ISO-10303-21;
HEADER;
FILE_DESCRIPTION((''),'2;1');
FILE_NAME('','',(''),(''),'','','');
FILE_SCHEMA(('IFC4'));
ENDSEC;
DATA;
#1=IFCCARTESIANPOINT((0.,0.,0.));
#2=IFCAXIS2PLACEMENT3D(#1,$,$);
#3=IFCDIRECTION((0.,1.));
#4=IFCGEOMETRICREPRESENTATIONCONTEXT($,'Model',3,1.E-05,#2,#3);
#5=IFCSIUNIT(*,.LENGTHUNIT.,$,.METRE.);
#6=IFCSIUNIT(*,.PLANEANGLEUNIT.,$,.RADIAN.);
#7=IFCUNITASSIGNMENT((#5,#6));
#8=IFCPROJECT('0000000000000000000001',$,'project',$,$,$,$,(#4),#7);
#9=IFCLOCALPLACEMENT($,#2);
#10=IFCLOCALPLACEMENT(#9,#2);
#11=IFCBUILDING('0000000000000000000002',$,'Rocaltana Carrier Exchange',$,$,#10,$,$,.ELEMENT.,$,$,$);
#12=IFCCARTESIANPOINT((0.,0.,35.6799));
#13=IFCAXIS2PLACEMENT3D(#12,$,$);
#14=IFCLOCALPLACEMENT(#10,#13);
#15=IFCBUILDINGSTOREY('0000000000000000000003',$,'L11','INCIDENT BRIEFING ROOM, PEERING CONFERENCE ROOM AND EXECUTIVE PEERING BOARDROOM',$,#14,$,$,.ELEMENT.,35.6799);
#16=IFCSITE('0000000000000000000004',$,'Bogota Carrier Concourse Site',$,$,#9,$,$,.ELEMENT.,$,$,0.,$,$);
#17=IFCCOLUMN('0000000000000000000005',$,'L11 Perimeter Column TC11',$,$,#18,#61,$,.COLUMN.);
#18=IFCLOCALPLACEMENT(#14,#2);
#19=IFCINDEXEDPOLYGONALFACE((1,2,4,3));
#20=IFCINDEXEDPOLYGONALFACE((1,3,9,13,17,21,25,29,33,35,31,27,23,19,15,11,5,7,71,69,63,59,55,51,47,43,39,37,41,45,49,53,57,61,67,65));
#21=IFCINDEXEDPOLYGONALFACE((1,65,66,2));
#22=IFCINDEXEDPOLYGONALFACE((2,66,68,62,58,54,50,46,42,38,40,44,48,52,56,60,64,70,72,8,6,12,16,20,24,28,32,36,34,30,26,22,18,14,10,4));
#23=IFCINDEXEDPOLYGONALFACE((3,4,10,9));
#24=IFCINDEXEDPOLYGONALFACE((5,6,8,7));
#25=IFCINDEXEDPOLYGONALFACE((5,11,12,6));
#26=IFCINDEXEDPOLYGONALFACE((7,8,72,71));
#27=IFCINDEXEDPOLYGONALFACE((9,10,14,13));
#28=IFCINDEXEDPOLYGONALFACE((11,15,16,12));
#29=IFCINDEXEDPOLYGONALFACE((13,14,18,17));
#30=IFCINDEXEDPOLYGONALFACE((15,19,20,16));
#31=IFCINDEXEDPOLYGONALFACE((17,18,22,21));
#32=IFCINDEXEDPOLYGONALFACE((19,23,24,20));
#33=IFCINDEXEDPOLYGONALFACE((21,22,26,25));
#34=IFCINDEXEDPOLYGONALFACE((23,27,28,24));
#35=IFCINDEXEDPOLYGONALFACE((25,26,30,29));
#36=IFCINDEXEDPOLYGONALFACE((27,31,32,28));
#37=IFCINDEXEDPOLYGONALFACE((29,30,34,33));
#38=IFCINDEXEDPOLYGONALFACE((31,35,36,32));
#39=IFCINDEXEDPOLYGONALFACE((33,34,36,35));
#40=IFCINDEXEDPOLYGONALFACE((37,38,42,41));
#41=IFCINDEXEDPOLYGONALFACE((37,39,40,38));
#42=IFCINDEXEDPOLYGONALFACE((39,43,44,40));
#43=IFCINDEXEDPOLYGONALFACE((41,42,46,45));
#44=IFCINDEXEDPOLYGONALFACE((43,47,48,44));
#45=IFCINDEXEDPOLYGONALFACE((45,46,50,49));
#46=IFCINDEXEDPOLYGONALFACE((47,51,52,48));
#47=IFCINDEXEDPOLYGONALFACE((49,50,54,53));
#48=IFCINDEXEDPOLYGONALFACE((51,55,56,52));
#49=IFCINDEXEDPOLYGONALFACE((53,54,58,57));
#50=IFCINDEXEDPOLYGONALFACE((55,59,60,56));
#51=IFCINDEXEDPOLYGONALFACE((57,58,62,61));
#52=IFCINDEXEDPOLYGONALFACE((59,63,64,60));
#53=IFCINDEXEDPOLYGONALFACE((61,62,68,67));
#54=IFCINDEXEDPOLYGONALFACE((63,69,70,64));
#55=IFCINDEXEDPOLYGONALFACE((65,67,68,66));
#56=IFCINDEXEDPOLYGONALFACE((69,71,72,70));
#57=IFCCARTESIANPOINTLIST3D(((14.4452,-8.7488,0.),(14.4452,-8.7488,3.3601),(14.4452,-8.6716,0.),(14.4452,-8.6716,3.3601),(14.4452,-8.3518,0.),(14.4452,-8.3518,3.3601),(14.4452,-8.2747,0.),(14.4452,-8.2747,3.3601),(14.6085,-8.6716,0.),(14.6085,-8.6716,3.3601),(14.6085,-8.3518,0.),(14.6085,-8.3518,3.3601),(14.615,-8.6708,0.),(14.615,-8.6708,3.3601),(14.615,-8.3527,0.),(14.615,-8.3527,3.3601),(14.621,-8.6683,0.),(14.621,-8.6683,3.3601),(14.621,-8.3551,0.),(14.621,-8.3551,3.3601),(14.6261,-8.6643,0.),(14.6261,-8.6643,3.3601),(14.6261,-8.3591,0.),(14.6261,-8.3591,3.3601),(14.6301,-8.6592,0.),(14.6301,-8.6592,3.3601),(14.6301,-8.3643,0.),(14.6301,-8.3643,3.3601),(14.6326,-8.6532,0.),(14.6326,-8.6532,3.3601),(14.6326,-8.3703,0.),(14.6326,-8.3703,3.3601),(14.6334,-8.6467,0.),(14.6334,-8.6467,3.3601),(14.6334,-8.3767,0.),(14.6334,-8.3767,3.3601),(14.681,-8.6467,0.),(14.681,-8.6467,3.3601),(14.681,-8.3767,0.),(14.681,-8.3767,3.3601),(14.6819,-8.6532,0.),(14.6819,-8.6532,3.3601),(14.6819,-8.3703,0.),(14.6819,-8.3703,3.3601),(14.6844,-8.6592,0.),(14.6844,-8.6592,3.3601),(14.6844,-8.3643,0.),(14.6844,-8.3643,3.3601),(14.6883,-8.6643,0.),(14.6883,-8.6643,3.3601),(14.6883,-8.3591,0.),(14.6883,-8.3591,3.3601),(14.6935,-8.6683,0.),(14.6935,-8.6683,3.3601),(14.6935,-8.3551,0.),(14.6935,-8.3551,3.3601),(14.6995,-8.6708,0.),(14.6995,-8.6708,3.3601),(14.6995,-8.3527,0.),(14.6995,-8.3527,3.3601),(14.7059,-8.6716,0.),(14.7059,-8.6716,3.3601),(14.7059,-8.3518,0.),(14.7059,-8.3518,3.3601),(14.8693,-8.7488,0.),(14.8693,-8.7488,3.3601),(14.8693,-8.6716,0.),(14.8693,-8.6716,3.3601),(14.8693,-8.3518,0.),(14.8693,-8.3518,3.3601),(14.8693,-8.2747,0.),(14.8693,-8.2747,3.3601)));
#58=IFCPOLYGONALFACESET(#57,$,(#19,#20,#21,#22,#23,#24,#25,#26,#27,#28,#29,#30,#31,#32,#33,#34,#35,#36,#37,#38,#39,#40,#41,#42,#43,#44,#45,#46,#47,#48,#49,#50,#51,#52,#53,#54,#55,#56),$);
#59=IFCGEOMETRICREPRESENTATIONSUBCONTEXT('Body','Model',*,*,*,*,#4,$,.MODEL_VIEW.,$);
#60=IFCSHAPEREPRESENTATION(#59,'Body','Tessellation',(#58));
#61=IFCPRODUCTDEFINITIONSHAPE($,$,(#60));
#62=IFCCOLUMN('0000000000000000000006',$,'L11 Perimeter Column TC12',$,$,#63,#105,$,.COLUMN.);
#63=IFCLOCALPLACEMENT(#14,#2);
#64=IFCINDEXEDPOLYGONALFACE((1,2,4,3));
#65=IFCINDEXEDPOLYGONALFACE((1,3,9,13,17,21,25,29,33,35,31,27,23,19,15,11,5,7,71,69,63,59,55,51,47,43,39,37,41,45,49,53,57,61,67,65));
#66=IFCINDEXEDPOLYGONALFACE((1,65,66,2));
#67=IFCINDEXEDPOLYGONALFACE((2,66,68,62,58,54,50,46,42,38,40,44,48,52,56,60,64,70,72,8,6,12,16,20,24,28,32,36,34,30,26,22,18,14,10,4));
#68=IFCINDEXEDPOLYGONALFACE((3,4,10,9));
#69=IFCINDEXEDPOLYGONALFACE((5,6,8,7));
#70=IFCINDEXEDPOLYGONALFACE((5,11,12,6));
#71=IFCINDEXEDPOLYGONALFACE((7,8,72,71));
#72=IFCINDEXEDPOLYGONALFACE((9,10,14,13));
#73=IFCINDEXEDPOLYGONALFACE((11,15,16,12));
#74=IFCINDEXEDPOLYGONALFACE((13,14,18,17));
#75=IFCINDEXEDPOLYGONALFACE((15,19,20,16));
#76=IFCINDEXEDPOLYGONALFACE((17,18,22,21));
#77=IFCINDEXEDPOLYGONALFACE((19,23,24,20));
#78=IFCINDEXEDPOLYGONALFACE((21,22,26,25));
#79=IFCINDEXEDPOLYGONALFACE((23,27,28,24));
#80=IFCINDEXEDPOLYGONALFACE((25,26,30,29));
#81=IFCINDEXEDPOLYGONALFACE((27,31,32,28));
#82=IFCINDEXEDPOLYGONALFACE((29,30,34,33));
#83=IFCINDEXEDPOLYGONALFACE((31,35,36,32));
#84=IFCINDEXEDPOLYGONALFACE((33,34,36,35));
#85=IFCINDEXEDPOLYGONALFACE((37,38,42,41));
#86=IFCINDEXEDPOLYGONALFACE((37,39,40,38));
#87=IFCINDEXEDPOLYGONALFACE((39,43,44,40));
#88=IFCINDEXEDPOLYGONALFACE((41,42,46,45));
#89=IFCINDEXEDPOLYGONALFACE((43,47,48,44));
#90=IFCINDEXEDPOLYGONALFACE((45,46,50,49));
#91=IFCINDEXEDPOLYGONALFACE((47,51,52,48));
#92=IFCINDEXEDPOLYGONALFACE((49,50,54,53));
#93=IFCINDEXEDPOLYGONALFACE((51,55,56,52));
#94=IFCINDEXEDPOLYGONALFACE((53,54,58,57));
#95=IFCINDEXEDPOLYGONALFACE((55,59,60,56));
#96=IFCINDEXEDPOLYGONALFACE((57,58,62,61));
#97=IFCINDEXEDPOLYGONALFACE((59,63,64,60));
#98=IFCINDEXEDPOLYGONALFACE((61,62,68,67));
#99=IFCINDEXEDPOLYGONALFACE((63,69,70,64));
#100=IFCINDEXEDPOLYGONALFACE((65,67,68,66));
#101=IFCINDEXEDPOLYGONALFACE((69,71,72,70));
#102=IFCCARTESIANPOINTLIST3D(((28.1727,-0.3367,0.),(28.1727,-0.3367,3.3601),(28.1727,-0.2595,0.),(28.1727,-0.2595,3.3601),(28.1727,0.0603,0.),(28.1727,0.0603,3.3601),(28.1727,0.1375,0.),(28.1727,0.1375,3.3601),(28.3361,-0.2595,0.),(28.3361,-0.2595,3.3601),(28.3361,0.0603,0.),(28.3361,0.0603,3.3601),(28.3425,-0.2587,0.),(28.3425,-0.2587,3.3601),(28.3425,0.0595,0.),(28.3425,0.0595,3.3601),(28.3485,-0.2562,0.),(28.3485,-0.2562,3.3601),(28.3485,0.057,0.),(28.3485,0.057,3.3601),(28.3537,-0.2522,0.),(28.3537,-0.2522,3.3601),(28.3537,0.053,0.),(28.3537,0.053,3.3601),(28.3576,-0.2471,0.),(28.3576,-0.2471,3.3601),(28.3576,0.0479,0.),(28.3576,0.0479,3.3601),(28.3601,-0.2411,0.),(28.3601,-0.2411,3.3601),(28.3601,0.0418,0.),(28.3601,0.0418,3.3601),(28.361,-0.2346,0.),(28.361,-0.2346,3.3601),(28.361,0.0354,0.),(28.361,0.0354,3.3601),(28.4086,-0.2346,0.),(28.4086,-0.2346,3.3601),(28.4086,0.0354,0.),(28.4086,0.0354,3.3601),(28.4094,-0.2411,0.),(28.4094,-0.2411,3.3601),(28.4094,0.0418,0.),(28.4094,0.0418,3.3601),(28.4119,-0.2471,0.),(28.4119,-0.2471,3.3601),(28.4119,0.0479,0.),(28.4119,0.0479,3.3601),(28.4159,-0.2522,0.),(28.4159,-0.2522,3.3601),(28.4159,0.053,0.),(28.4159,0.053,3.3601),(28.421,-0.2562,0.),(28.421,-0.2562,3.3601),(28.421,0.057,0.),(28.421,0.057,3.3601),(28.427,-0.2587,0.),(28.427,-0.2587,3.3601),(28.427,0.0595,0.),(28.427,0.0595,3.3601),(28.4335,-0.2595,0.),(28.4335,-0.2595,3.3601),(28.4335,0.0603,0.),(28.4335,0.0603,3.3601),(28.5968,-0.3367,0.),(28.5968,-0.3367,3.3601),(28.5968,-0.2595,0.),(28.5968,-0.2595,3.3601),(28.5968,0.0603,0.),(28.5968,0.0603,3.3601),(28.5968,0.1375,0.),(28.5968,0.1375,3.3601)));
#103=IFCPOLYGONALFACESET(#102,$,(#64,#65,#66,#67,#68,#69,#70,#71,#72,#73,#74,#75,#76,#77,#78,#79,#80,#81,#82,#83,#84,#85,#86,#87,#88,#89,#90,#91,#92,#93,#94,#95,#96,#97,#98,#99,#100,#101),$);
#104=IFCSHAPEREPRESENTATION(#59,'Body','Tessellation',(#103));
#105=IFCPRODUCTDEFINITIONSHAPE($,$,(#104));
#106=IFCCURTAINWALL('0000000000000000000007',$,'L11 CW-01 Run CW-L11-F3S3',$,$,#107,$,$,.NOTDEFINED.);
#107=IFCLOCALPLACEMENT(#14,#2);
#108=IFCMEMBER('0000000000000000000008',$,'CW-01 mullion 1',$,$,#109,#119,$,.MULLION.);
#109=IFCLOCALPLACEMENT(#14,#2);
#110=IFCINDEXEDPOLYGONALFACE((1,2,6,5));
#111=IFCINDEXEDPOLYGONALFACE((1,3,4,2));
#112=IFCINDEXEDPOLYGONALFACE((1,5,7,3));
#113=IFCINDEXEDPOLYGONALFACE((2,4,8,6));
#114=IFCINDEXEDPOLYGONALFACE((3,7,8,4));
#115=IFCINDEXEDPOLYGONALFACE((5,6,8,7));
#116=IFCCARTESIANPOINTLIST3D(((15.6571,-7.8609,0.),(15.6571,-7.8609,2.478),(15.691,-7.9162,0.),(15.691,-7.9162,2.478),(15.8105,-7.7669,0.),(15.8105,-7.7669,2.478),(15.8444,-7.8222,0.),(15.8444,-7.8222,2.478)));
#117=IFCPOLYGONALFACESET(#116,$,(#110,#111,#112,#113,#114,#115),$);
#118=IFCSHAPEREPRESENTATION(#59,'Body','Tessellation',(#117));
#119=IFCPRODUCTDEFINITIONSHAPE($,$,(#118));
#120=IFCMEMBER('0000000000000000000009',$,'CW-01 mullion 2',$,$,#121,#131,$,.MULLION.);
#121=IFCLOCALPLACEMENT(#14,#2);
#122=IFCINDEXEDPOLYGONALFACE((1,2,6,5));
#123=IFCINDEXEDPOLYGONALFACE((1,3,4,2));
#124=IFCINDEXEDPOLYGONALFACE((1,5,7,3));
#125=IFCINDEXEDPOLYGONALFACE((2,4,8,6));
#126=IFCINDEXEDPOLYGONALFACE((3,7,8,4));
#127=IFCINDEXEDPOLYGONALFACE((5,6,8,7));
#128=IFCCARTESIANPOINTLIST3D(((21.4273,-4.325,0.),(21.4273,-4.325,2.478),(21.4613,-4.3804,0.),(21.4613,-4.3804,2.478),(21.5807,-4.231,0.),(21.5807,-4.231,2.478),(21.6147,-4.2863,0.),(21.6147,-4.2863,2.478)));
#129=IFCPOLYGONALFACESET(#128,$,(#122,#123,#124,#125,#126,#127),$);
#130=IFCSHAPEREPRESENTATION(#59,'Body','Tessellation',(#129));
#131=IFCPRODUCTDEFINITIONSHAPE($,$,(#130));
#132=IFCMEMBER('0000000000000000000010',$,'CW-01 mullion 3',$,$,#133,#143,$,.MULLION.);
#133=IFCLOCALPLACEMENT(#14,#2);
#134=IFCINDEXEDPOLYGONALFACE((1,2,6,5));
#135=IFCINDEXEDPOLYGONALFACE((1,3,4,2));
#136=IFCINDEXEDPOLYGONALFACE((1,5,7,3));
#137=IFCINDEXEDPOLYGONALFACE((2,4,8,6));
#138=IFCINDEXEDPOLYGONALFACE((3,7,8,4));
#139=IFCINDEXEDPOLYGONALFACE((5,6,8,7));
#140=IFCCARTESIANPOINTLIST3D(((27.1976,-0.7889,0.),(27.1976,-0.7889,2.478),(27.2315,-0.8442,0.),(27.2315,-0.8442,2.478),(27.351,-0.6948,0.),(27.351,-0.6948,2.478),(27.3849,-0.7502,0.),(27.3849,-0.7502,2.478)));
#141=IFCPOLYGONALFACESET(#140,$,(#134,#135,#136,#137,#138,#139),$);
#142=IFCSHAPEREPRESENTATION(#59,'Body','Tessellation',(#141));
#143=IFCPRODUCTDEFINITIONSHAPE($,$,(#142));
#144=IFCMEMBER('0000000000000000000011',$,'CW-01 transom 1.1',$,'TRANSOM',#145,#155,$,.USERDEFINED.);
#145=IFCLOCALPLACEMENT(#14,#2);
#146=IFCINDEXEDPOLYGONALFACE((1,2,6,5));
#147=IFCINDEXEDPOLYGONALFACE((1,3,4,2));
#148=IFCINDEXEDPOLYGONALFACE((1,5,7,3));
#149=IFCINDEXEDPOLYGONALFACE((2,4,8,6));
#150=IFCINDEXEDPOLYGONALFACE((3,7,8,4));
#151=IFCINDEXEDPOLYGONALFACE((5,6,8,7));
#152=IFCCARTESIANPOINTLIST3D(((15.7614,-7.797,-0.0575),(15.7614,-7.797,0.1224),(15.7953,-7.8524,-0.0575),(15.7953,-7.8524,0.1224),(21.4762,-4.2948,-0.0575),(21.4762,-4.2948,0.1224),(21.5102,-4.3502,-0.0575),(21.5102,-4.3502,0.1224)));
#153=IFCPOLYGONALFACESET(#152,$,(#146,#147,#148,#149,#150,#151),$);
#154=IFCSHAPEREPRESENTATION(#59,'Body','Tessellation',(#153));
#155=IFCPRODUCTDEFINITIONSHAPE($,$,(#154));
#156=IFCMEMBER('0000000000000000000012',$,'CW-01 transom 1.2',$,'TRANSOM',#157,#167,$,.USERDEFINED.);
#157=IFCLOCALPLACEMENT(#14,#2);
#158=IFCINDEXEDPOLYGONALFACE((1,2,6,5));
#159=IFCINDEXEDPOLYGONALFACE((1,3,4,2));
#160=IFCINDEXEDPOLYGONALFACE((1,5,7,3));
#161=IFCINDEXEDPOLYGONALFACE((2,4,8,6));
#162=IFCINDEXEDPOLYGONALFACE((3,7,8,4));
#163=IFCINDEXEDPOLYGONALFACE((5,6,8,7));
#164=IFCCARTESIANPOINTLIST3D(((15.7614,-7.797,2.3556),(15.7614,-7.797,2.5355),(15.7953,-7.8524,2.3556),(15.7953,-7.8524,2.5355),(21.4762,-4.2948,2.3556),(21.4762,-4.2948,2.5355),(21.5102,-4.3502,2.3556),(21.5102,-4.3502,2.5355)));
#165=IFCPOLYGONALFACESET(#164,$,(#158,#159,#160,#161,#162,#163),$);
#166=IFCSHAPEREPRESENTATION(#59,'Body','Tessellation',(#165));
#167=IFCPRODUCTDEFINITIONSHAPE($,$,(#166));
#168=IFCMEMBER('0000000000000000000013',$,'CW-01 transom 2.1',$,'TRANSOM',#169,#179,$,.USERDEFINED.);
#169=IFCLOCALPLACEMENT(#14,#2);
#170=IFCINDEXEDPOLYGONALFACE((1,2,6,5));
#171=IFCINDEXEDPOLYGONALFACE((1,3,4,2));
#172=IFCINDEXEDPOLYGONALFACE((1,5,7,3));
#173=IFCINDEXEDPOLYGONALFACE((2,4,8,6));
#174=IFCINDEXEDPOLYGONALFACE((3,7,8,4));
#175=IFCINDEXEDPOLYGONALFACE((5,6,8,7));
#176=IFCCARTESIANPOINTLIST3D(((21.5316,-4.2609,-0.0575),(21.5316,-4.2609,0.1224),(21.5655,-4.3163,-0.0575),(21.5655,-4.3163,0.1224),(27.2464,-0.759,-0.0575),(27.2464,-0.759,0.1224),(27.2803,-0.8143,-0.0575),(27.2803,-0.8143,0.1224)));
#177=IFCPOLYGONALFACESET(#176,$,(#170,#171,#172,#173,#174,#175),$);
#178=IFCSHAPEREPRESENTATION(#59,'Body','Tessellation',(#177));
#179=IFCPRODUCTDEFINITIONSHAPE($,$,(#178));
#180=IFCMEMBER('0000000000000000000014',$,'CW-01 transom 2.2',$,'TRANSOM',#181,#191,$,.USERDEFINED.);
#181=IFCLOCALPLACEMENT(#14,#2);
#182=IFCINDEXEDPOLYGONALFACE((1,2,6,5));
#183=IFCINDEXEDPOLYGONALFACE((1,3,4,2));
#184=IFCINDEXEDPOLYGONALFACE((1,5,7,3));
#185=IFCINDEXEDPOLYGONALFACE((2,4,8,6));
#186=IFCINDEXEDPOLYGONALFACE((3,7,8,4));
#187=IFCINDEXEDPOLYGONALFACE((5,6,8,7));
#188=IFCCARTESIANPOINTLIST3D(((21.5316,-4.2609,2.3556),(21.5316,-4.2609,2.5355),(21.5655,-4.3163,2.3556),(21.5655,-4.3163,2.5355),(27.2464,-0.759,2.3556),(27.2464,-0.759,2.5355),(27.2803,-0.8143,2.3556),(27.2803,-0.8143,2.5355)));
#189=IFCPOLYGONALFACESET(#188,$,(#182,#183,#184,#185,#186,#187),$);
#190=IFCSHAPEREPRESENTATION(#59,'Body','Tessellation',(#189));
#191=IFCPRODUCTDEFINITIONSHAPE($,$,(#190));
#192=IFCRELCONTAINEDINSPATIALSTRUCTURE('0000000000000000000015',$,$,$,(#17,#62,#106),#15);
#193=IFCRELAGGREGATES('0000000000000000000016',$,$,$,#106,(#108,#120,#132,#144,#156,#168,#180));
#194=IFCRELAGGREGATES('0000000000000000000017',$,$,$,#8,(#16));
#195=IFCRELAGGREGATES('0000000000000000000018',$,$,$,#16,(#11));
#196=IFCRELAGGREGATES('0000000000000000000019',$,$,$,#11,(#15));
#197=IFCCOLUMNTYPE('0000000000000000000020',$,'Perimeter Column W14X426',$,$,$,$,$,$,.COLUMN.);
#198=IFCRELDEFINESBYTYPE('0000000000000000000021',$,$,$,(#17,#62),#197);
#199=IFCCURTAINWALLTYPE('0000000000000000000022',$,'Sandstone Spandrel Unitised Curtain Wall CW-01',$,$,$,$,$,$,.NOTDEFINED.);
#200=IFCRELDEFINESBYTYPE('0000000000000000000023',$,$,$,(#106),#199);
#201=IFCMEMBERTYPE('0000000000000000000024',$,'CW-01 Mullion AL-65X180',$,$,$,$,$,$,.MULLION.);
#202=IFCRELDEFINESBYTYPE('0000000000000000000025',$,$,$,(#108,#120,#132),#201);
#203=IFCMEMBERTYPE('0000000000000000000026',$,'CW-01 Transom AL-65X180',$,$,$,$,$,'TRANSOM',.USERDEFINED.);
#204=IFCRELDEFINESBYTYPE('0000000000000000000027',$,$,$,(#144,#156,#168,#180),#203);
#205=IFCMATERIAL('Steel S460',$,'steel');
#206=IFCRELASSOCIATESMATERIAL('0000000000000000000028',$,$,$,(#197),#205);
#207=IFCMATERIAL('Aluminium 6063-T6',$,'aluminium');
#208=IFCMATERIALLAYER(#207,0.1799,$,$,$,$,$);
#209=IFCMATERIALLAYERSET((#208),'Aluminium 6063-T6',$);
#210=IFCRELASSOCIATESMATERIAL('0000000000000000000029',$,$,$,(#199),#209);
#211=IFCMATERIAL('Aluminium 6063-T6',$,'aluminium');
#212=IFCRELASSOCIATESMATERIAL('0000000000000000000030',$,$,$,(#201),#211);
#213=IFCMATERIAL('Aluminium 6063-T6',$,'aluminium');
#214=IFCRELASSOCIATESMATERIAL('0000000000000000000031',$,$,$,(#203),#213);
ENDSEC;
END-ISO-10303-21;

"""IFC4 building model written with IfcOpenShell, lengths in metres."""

from ifc_helpers import new_model, si_unit, direction, frame, origin, origin_2d, place, context, subcontext, project, spatial, rectangle, i_section, extrude, material, layer, layer_set, material_profile, profile_set, type_object, element, aggregate, save


model = new_model("IFC4")

# Units and contexts
model_context = context("Model", 3, precision=1e-05, world=origin(), true_north=direction((0.0, 1.0)))
body_context = subcontext(model_context, "Body", "Model", "MODEL_VIEW")
ifc_project = project(units=[si_unit("LENGTHUNIT", "METRE"), si_unit("PLANEANGLEUNIT", "RADIAN")], contexts=[model_context])

# Site, building, storey
site_placement = place(None, origin())
site = spatial("IfcSite", under=ifc_project, at=site_placement, Name="Bogota Carrier Concourse Site", CompositionType="ELEMENT", RefElevation=0.0)
building_placement = place(site_placement, origin())
building = spatial("IfcBuilding", under=site, at=building_placement, Name="Rocaltana Carrier Exchange", CompositionType="ELEMENT")
storey_placement = place(building_placement, frame((0.0, 0.0, 35.6799)))
storey = spatial("IfcBuildingStorey", under=building, at=storey_placement, Name="L11", Description="INCIDENT BRIEFING ROOM, PEERING CONFERENCE ROOM AND EXECUTIVE PEERING BOARDROOM", CompositionType="ELEMENT", Elevation=35.6799)

# Columns
ifc_material_1 = material(Name="Steel S460", Category="steel")
ifc_material_profile_1 = material_profile(ifc_material_1, i_section(OverallWidth=0.4241, OverallDepth=0.4741, WebThickness=0.0476, FlangeThickness=0.0771, FilletRadius=0.0249, at=origin_2d()), Name="W14X426")
ifc_profile_set_1 = profile_set([ifc_material_profile_1], Name="Steel S460")
column_type = type_object("IfcColumnType", Name="Perimeter Column W14X426", PredefinedType="COLUMN", material=ifc_profile_set_1)
for number, where, z_axis, x_axis, name in (
    (1, (14.6572, -8.5117, 0.0), (0.0, 0.0, 1.0), (1.0, 0.0, 0.0), "L11 Perimeter Column TC11"),
    (2, (28.3848, -0.0996, 0.0), (0.0, 0.0, 1.0), (1.0, 0.0, 0.0), "L11 Perimeter Column TC12"),
):
    element("IfcColumn", number, at=place(storey_placement, frame(where, z_axis=z_axis, x_axis=x_axis)), inside=storey, type_object=column_type, Name=name, PredefinedType="COLUMN", context=body_context, shape_type="SweptSolid", body=[
        extrude(i_section(OverallWidth=0.4241, OverallDepth=0.4741, WebThickness=0.0476, FlangeThickness=0.0771, FilletRadius=0.0249, at=origin_2d()), origin(), (0.0, 0.0, 1.0), 3.3601),
    ])

# Curtain wall, members
ifc_material_2 = material(Name="Aluminium 6063-T6", Category="aluminium")
ifc_layer_1 = layer(ifc_material_2, 0.1799)
ifc_layer_set_1 = layer_set([ifc_layer_1], Name="Aluminium 6063-T6")
curtain_wall_type = type_object("IfcCurtainWallType", Name="Sandstone Spandrel Unitised Curtain Wall CW-01", PredefinedType="NOTDEFINED", material=ifc_layer_set_1)
curtain_wall_placement = place(storey_placement, origin())
curtain_wall = element("IfcCurtainWall", 3, at=curtain_wall_placement, inside=storey, type_object=curtain_wall_type, Name="L11 CW-01 Run CW-L11-F3S3", PredefinedType="NOTDEFINED")
ifc_material_3 = material(Name="Aluminium 6063-T6", Category="aluminium")
ifc_material_profile_2 = material_profile(ifc_material_3, rectangle(XDim=0.0649, YDim=0.1799, at=origin_2d()), Name="AL-65X180")
ifc_profile_set_2 = profile_set([ifc_material_profile_2], Name="Aluminium 6063-T6")
member_type_1 = type_object("IfcMemberType", Name="CW-01 Mullion AL-65X180", PredefinedType="MULLION", material=ifc_profile_set_2)
member_1_placement = place(storey_placement, frame((15.7507, -7.8416, 0.0), z_axis=(0.0, 0.0, 1.0), x_axis=(-0.5225, 0.852639, 0.0)))
member_1 = element("IfcMember", 4, at=member_1_placement, type_object=member_type_1, Name="CW-01 mullion 1", PredefinedType="MULLION", context=body_context, shape_type="SweptSolid", body=[
    extrude(rectangle(XDim=0.0649, YDim=0.1799, at=origin_2d()), origin(), (0.0, 0.0, 1.0), 2.478),
])
member_2_placement = place(storey_placement, frame((21.521, -4.3057, 0.0), z_axis=(0.0, 0.0, 1.0), x_axis=(-0.5225, 0.852639, 0.0)))
member_2 = element("IfcMember", 5, at=member_2_placement, type_object=member_type_1, Name="CW-01 mullion 2", PredefinedType="MULLION", context=body_context, shape_type="SweptSolid", body=[
    extrude(rectangle(XDim=0.0649, YDim=0.1799, at=origin_2d()), origin(), (0.0, 0.0, 1.0), 2.478),
])
member_3_placement = place(storey_placement, frame((27.2913, -0.7695, 0.0), z_axis=(0.0, 0.0, 1.0), x_axis=(-0.5225, 0.852639, 0.0)))
member_3 = element("IfcMember", 6, at=member_3_placement, type_object=member_type_1, Name="CW-01 mullion 3", PredefinedType="MULLION", context=body_context, shape_type="SweptSolid", body=[
    extrude(rectangle(XDim=0.0649, YDim=0.1799, at=origin_2d()), origin(), (0.0, 0.0, 1.0), 2.478),
])
ifc_material_4 = material(Name="Aluminium 6063-T6", Category="aluminium")
ifc_material_profile_3 = material_profile(ifc_material_4, rectangle(XDim=0.0649, YDim=0.1799, at=origin_2d()), Name="AL-65X180")
ifc_profile_set_3 = profile_set([ifc_material_profile_3], Name="Aluminium 6063-T6")
member_type_2 = type_object("IfcMemberType", Name="CW-01 Transom AL-65X180", ElementType="TRANSOM", PredefinedType="USERDEFINED", material=ifc_profile_set_3)
member_4_placement = place(storey_placement, frame((15.7783, -7.8247, 0.0325), z_axis=(0.852631, 0.522513, 0.0), x_axis=(-0.522513, 0.852631, 0.0)))
member_4 = element("IfcMember", 7, at=member_4_placement, type_object=member_type_2, Name="CW-01 transom 1.1", ObjectType="TRANSOM", PredefinedType="USERDEFINED", context=body_context, shape_type="SweptSolid", body=[
    extrude(rectangle(XDim=0.0649, YDim=0.1799, at=origin_2d()), origin(), (0.0, 0.0, 1.0), 6.7026),
])
member_5_placement = place(storey_placement, frame((15.7783, -7.8247, 2.4456), z_axis=(0.852631, 0.522513, 0.0), x_axis=(-0.522513, 0.852631, 0.0)))
member_5 = element("IfcMember", 8, at=member_5_placement, type_object=member_type_2, Name="CW-01 transom 1.2", ObjectType="TRANSOM", PredefinedType="USERDEFINED", context=body_context, shape_type="SweptSolid", body=[
    extrude(rectangle(XDim=0.0649, YDim=0.1799, at=origin_2d()), origin(), (0.0, 0.0, 1.0), 6.7026),
])
member_6_placement = place(storey_placement, frame((21.5486, -4.2886, 0.0325), z_axis=(0.852647, 0.522487, 0.0), x_axis=(-0.522487, 0.852647, 0.0)))
member_6 = element("IfcMember", 9, at=member_6_placement, type_object=member_type_2, Name="CW-01 transom 2.1", ObjectType="TRANSOM", PredefinedType="USERDEFINED", context=body_context, shape_type="SweptSolid", body=[
    extrude(rectangle(XDim=0.0649, YDim=0.1799, at=origin_2d()), origin(), (0.0, 0.0, 1.0), 6.7024),
])
member_7_placement = place(storey_placement, frame((21.5486, -4.2886, 2.4456), z_axis=(0.852647, 0.522487, 0.0), x_axis=(-0.522487, 0.852647, 0.0)))
member_7 = element("IfcMember", 10, at=member_7_placement, type_object=member_type_2, Name="CW-01 transom 2.2", ObjectType="TRANSOM", PredefinedType="USERDEFINED", context=body_context, shape_type="SweptSolid", body=[
    extrude(rectangle(XDim=0.0649, YDim=0.1799, at=origin_2d()), origin(), (0.0, 0.0, 1.0), 6.7024),
])

aggregate(curtain_wall, [member_1, member_2, member_3, member_4, member_5, member_6, member_7])

save(model, "model.ifc")
